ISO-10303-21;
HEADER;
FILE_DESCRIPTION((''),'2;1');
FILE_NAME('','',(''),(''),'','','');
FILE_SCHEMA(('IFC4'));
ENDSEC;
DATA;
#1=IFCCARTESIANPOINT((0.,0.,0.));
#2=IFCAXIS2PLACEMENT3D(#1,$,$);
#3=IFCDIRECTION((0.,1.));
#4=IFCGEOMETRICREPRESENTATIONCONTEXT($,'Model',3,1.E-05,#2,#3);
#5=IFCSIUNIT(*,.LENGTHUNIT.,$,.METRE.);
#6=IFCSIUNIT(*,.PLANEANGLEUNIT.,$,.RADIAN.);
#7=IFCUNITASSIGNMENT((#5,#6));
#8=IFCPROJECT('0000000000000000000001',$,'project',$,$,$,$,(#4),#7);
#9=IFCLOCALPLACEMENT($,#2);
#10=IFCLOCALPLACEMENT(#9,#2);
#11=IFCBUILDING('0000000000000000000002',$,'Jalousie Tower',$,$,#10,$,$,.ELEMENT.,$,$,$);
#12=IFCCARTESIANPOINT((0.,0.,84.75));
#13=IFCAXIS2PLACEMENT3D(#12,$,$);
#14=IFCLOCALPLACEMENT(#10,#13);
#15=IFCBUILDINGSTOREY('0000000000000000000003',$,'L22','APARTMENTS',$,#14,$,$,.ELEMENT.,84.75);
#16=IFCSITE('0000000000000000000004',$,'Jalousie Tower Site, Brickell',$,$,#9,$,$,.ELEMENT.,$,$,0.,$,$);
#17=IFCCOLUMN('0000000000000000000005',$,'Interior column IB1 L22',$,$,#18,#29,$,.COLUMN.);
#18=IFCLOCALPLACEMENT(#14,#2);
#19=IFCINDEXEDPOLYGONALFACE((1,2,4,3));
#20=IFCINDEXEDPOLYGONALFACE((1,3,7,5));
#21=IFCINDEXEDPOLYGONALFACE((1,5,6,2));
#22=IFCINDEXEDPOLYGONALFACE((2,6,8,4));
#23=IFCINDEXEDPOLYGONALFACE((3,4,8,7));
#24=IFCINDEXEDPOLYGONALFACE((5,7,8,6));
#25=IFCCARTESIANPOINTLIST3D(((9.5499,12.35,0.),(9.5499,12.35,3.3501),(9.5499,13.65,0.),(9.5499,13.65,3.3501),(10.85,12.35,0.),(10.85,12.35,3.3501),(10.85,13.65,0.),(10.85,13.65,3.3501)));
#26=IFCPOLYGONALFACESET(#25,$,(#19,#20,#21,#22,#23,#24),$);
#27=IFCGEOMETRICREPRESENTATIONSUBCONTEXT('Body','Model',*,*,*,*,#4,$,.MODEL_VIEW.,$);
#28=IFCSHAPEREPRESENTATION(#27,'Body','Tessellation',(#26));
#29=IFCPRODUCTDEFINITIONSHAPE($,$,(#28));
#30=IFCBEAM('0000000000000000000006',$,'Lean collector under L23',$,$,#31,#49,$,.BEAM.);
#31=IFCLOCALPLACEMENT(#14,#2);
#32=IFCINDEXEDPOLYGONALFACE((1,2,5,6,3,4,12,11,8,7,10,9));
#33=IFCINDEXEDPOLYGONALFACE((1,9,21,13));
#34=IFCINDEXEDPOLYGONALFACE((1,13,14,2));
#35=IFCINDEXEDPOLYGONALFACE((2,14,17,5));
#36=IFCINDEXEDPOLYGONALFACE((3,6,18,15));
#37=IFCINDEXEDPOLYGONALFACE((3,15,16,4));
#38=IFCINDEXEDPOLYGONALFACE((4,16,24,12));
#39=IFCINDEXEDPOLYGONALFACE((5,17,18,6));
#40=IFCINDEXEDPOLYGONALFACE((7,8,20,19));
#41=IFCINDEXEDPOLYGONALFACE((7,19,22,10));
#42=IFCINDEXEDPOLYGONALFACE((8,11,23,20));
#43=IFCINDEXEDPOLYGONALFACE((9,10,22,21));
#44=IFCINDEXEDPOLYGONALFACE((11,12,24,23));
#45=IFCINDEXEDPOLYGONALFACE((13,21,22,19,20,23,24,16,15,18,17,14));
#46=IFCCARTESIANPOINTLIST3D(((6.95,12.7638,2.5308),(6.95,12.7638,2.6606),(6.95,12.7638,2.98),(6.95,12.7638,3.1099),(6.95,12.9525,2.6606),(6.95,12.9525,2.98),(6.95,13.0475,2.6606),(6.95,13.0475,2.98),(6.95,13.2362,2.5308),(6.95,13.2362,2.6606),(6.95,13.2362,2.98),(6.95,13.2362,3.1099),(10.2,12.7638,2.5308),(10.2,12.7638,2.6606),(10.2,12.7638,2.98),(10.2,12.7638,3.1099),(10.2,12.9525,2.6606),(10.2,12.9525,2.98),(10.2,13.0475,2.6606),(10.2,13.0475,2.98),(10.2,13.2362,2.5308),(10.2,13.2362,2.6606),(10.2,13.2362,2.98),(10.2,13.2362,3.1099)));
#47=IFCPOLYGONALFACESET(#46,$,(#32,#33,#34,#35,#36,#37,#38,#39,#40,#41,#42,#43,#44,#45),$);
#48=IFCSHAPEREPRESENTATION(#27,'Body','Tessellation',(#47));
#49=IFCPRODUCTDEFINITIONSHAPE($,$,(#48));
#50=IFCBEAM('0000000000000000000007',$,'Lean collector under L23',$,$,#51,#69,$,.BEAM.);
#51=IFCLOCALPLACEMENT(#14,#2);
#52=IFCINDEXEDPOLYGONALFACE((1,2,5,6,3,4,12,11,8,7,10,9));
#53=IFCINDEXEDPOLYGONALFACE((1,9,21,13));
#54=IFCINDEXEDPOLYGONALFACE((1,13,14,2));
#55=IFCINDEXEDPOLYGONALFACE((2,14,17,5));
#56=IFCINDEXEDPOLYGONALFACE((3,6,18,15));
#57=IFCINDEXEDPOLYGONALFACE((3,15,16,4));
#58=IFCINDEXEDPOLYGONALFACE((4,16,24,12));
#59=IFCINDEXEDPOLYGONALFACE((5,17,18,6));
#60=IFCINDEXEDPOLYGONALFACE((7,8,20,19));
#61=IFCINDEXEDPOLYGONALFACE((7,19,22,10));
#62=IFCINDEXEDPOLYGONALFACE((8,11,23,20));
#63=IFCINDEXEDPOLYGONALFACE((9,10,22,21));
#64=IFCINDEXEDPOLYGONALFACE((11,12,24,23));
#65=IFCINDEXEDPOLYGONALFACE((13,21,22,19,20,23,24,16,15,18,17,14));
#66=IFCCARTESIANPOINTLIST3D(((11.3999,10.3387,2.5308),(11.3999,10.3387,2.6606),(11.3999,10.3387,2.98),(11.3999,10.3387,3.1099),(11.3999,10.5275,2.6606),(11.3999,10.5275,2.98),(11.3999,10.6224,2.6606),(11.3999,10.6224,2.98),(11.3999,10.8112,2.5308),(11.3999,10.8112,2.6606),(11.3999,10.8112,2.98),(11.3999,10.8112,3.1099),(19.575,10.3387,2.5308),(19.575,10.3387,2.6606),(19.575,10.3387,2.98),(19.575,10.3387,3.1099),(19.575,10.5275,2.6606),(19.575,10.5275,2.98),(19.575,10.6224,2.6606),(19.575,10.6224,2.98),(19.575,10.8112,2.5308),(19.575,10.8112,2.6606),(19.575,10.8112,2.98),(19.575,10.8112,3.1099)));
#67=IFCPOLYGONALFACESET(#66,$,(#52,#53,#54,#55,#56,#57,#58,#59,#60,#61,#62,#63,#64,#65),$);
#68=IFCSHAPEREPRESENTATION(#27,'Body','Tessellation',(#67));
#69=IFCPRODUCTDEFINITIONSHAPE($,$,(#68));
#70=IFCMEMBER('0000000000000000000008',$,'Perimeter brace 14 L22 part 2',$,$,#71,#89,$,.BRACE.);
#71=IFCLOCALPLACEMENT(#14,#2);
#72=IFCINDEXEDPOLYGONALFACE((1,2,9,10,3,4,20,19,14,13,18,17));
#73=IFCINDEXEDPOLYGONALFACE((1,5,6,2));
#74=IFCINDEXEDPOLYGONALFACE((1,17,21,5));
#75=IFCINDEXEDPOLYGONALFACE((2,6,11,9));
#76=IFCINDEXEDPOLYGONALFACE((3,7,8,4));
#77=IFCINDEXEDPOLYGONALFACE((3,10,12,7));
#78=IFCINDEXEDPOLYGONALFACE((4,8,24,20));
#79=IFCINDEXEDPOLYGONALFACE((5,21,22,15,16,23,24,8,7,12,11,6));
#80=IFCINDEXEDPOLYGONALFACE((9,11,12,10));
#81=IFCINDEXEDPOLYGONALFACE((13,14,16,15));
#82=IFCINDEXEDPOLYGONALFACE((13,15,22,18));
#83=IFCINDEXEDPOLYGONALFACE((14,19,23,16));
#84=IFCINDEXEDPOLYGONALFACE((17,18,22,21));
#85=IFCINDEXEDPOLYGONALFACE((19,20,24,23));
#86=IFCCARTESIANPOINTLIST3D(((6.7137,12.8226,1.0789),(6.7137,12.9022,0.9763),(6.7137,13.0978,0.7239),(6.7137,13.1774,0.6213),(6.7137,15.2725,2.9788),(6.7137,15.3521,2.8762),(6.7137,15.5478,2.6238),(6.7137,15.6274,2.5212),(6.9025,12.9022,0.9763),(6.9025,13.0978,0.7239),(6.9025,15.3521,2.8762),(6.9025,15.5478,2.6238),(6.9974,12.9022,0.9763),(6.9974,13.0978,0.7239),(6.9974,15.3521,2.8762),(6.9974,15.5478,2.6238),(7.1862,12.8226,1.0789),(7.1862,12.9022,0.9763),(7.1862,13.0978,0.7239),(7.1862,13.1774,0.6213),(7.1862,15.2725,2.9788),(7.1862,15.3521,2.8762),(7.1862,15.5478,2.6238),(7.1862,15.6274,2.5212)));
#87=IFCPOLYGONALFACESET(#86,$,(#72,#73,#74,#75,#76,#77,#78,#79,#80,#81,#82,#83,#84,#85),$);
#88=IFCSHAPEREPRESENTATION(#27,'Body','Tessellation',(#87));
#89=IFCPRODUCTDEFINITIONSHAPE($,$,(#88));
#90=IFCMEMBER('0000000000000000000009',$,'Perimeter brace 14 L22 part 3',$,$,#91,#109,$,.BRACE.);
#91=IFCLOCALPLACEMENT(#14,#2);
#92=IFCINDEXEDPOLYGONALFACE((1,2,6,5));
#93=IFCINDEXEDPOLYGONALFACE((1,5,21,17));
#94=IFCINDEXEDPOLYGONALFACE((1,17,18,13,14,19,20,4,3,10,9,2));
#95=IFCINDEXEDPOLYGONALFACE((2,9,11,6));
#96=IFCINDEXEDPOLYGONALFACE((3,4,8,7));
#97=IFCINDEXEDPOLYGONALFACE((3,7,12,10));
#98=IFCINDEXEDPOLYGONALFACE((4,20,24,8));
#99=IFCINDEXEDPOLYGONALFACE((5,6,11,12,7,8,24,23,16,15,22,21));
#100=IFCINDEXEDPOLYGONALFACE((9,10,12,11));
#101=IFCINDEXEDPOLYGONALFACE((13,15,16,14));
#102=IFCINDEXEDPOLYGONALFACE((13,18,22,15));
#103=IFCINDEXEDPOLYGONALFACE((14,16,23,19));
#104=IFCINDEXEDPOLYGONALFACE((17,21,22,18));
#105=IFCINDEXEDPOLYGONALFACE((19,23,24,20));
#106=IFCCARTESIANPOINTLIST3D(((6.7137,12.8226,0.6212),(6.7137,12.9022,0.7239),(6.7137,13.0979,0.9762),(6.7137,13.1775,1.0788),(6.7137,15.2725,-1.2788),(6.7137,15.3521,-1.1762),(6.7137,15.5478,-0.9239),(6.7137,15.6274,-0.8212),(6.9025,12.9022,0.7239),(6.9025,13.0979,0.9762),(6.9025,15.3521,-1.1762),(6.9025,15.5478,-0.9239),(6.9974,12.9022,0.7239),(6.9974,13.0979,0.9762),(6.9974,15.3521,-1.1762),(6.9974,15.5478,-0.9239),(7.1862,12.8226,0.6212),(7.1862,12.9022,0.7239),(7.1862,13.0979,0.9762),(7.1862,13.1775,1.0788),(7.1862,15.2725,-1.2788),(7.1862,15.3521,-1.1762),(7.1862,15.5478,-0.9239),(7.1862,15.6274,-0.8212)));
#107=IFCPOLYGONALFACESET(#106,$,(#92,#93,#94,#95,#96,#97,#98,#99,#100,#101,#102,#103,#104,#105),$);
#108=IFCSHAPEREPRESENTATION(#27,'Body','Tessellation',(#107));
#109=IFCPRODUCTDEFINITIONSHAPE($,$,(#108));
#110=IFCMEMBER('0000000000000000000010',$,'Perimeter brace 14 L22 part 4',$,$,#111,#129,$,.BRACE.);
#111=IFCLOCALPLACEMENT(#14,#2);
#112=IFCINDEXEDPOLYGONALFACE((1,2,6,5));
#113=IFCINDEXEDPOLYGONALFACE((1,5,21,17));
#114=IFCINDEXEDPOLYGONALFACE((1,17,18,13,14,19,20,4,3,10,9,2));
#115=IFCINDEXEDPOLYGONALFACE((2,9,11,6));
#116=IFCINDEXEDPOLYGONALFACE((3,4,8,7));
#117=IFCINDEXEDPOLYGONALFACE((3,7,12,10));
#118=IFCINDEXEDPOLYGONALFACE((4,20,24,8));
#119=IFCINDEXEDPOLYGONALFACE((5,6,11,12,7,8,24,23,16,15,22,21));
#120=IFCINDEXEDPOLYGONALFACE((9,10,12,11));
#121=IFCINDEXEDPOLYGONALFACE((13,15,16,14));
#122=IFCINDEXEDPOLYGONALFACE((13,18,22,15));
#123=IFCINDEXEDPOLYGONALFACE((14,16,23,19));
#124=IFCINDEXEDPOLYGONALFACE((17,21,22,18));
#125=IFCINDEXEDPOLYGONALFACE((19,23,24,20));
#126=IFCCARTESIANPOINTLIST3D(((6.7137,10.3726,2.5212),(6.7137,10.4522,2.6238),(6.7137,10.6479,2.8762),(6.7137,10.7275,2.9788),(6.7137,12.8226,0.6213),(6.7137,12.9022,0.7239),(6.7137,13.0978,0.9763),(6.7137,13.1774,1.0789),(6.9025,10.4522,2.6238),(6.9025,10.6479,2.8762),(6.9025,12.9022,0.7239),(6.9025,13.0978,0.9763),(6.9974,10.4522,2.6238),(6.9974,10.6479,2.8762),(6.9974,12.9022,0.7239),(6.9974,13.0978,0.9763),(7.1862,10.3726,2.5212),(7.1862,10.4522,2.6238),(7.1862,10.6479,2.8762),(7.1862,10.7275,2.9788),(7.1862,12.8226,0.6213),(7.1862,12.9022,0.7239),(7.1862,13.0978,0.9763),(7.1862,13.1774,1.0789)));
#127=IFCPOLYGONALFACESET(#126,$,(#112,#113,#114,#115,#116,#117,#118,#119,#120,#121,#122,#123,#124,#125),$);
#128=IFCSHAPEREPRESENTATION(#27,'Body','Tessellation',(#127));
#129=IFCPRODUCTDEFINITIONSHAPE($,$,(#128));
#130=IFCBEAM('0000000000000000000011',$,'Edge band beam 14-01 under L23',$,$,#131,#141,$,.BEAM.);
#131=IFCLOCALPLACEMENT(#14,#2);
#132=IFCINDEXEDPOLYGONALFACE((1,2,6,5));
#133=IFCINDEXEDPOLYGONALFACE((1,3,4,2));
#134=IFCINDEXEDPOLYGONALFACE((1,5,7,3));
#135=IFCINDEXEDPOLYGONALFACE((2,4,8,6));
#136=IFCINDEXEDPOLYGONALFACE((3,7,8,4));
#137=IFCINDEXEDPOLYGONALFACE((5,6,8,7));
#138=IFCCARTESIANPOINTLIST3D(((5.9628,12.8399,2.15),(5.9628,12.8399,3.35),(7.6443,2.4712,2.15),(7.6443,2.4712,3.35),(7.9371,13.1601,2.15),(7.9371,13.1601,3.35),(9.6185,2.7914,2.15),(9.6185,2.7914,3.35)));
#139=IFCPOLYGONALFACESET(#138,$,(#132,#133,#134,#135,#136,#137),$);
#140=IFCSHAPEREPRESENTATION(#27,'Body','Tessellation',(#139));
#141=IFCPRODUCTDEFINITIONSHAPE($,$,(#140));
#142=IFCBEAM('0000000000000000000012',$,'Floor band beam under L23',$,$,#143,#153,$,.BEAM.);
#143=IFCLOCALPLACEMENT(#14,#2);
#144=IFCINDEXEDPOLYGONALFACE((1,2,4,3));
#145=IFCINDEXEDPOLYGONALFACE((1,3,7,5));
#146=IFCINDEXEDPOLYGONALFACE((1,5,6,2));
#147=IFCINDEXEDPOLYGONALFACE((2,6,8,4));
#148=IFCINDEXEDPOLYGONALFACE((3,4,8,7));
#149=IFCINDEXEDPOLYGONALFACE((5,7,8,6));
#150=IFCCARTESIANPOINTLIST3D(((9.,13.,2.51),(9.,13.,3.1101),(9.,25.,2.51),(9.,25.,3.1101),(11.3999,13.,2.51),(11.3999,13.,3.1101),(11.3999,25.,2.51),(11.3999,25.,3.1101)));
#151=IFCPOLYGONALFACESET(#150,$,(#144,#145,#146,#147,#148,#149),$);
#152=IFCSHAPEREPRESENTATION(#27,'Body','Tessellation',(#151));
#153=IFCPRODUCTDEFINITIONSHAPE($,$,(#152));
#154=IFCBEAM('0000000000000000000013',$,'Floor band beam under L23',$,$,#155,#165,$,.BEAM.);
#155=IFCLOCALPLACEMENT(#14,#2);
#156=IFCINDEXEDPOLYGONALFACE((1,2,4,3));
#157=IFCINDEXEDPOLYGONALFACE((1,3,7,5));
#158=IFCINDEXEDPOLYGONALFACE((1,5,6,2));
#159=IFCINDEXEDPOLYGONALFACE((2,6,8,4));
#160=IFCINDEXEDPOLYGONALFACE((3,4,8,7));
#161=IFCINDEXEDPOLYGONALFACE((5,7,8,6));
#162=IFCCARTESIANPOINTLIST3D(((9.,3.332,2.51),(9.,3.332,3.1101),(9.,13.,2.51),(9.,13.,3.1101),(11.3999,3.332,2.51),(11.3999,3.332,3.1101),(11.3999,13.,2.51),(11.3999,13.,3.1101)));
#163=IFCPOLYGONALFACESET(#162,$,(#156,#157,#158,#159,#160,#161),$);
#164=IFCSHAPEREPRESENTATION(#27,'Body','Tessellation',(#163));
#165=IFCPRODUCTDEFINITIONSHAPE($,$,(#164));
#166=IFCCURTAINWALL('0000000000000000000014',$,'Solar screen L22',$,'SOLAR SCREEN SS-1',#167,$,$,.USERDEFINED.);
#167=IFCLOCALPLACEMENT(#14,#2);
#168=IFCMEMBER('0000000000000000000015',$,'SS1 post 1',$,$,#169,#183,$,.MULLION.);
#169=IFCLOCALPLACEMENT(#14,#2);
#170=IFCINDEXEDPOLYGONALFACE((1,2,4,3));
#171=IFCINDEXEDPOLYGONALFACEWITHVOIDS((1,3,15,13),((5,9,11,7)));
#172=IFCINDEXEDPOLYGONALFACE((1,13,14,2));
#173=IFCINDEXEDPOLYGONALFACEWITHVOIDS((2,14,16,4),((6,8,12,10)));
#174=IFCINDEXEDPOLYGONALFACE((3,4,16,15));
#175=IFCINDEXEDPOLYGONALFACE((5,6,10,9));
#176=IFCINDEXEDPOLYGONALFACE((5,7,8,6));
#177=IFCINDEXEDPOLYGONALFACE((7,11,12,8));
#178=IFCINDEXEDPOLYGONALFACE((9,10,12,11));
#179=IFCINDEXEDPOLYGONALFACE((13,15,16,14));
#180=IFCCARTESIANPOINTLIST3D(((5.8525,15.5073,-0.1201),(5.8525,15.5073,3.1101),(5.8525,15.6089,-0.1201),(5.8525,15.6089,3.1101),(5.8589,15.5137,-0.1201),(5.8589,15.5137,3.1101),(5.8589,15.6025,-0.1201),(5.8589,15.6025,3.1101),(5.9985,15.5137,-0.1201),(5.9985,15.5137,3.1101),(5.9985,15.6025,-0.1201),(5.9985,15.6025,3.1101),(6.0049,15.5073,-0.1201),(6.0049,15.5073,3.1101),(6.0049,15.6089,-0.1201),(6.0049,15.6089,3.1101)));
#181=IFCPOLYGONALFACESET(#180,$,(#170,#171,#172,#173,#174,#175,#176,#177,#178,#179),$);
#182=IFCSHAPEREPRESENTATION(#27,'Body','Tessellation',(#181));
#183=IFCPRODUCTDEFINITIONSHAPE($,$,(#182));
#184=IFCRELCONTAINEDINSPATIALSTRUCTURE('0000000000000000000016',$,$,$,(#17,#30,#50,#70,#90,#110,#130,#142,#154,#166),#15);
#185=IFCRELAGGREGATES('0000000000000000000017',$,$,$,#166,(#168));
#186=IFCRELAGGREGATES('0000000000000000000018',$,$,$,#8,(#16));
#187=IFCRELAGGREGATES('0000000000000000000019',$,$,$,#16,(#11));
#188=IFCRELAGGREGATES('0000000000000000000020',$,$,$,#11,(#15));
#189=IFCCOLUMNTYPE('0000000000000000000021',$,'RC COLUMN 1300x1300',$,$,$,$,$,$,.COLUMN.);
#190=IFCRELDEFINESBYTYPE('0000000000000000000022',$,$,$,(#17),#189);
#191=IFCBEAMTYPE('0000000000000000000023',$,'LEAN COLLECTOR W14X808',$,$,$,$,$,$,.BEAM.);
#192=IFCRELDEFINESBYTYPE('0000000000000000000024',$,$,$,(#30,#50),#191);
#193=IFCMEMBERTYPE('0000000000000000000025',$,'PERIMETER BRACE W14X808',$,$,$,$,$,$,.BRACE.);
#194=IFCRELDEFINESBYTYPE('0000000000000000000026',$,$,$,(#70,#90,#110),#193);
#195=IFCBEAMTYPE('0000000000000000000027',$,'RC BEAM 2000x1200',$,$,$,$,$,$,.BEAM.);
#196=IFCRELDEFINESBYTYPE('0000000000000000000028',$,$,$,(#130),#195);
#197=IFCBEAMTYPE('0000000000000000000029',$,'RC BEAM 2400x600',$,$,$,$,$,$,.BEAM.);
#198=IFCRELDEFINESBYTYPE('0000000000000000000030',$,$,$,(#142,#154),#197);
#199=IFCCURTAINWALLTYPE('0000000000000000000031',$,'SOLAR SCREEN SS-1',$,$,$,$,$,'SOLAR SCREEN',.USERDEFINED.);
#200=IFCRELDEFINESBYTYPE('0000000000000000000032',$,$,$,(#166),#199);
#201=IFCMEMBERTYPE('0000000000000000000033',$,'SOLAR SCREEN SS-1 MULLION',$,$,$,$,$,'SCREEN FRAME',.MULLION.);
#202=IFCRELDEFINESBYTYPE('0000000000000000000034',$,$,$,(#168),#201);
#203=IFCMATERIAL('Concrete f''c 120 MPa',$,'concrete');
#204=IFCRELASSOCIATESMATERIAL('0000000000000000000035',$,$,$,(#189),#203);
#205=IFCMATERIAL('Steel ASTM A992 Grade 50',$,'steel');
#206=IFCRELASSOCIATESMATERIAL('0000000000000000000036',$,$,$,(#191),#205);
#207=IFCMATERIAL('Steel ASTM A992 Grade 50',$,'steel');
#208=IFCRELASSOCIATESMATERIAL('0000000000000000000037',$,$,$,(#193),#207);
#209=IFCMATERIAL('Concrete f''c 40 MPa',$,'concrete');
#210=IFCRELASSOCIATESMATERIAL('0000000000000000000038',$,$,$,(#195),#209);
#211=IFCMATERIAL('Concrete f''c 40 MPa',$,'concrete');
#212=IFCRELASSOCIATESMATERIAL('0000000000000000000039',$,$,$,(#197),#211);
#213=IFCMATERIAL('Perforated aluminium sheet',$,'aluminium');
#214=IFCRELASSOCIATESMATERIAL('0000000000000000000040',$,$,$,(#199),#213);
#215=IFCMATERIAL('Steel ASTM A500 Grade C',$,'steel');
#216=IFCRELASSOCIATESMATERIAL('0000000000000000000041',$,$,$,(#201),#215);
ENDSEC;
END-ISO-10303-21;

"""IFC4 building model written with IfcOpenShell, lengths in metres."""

from ifc_helpers import new_model, si_unit, direction, frame, origin, origin_2d, place, context, subcontext, project, spatial, rectangle, hollow_rectangle, i_section, extrude, material, material_profile, profile_set, type_object, element, aggregate, save


model = new_model("IFC4")

# Units and contexts
model_context = context("Model", 3, precision=1e-05, world=origin(), true_north=direction((0.0, 1.0)))
body_context = subcontext(model_context, "Body", "Model", "MODEL_VIEW")
ifc_project = project(units=[si_unit("LENGTHUNIT", "METRE"), si_unit("PLANEANGLEUNIT", "RADIAN")], contexts=[model_context])

# Site, building, storey
site_placement = place(None, origin())
site = spatial("IfcSite", under=ifc_project, at=site_placement, Name="Jalousie Tower Site, Brickell", CompositionType="ELEMENT", RefElevation=0.0)
building_placement = place(site_placement, origin())
building = spatial("IfcBuilding", under=site, at=building_placement, Name="Jalousie Tower", CompositionType="ELEMENT")
storey_placement = place(building_placement, frame((0.0, 0.0, 84.75)))
storey = spatial("IfcBuildingStorey", under=building, at=storey_placement, Name="L22", Description="APARTMENTS", CompositionType="ELEMENT", Elevation=84.75)

# Column
ifc_material_1 = material(Name="Concrete f'c 120 MPa", Category="concrete")
ifc_material_profile_1 = material_profile(ifc_material_1, rectangle(XDim=1.3, YDim=1.3, at=origin_2d()), Name="RC 1300x1300")
ifc_profile_set_1 = profile_set([ifc_material_profile_1], Name="Concrete f'c 120 MPa")
column_type = type_object("IfcColumnType", Name="RC COLUMN 1300x1300", PredefinedType="COLUMN", material=ifc_profile_set_1)
column_placement = place(storey_placement, frame((10.2, 13.0, 0.0), z_axis=(0.0, 0.0, 1.0), x_axis=(1.0, 0.0, 0.0)))
element("IfcColumn", 1, at=column_placement, inside=storey, type_object=column_type, Name="Interior column IB1 L22", PredefinedType="COLUMN", context=body_context, shape_type="SweptSolid", body=[
    extrude(rectangle(XDim=1.3, YDim=1.3, at=origin_2d()), origin(), (0.0, 0.0, 1.0), 3.3501),
])

# Beams
ifc_material_2 = material(Name="Steel ASTM A992 Grade 50", Category="steel")
ifc_material_profile_2 = material_profile(ifc_material_2, i_section(OverallWidth=0.4724, OverallDepth=0.5791, WebThickness=0.095, FlangeThickness=0.1299, at=origin_2d()), Name="W14X808")
ifc_profile_set_2 = profile_set([ifc_material_profile_2], Name="Steel ASTM A992 Grade 50")
beam_type_1 = type_object("IfcBeamType", Name="LEAN COLLECTOR W14X808", PredefinedType="BEAM", material=ifc_profile_set_2)
beam_1_placement = place(storey_placement, frame((6.95, 13.0, 2.8203), z_axis=(1.0, 0.0, 0.0), x_axis=(0.0, 1.0, 0.0)))
element("IfcBeam", 2, at=beam_1_placement, inside=storey, type_object=beam_type_1, Name="Lean collector under L23", PredefinedType="BEAM", context=body_context, shape_type="SweptSolid", body=[
    extrude(i_section(OverallWidth=0.4724, OverallDepth=0.5791, WebThickness=0.095, FlangeThickness=0.1299, at=origin_2d()), origin(), (0.0, 0.0, 1.0), 3.25),
])
beam_2_placement = place(storey_placement, frame((11.3999, 10.575, 2.8203), z_axis=(1.0, 0.0, 0.0), x_axis=(0.0, 1.0, 0.0)))
element("IfcBeam", 3, at=beam_2_placement, inside=storey, type_object=beam_type_1, Name="Lean collector under L23", PredefinedType="BEAM", context=body_context, shape_type="SweptSolid", body=[
    extrude(i_section(OverallWidth=0.4724, OverallDepth=0.5791, WebThickness=0.095, FlangeThickness=0.1299, at=origin_2d()), origin(), (0.0, 0.0, 1.0), 8.175),
])

# Members
ifc_material_3 = material(Name="Steel ASTM A992 Grade 50", Category="steel")
ifc_material_profile_3 = material_profile(ifc_material_3, i_section(OverallWidth=0.4724, OverallDepth=0.5791, WebThickness=0.095, FlangeThickness=0.1299, at=origin_2d()), Name="W14X808")
ifc_profile_set_3 = profile_set([ifc_material_profile_3], Name="Steel ASTM A992 Grade 50")
member_type_1 = type_object("IfcMemberType", Name="PERIMETER BRACE W14X808", PredefinedType="BRACE", material=ifc_profile_set_3)
for number, where, z_axis, x_axis, name in (
    (4, (6.95, 13.0, 0.8501), (0.0, 0.790229, 0.612811), (-1.0, 0.0, 0.0), "Perimeter brace 14 L22 part 2"),
    (5, (6.95, 15.45, -1.05), (0.0, -0.790191, 0.612861), (1.0, 0.0, 0.0), "Perimeter brace 14 L22 part 3"),
    (6, (6.95, 13.0, 0.8501), (0.0, -0.790229, 0.612811), (1.0, 0.0, 0.0), "Perimeter brace 14 L22 part 4"),
):
    element("IfcMember", number, at=place(storey_placement, frame(where, z_axis=z_axis, x_axis=x_axis)), inside=storey, type_object=member_type_1, Name=name, PredefinedType="BRACE", context=body_context, shape_type="SweptSolid", body=[
        extrude(i_section(OverallWidth=0.4724, OverallDepth=0.5791, WebThickness=0.095, FlangeThickness=0.1299, at=origin_2d()), origin(), (0.0, 0.0, 1.0), 3.1003),
    ])

# Beams
ifc_material_4 = material(Name="Concrete f'c 40 MPa", Category="concrete")
ifc_material_profile_4 = material_profile(ifc_material_4, rectangle(XDim=2.0, YDim=1.2, at=origin_2d()), Name="RC 2000x1200")
ifc_profile_set_4 = profile_set([ifc_material_profile_4], Name="Concrete f'c 40 MPa")
beam_type_2 = type_object("IfcBeamType", Name="RC BEAM 2000x1200", PredefinedType="BEAM", material=ifc_profile_set_4)
beam_3_placement = place(storey_placement, frame((6.95, 13.0, 2.75), z_axis=(0.160071, -0.987106, 0.0), x_axis=(0.987106, 0.160071, 0.0)))
element("IfcBeam", 7, at=beam_3_placement, inside=storey, type_object=beam_type_2, Name="Edge band beam 14-01 under L23", PredefinedType="BEAM", context=body_context, shape_type="SweptSolid", body=[
    extrude(rectangle(XDim=2.0, YDim=1.2, at=origin_2d()), origin(), (0.0, 0.0, 1.0), 10.5042),
])
ifc_material_5 = material(Name="Concrete f'c 40 MPa", Category="concrete")
ifc_material_profile_5 = material_profile(ifc_material_5, rectangle(XDim=2.3999, YDim=0.6001, at=origin_2d()), Name="RC 2400x600")
ifc_profile_set_5 = profile_set([ifc_material_profile_5], Name="Concrete f'c 40 MPa")
beam_type_3 = type_object("IfcBeamType", Name="RC BEAM 2400x600", PredefinedType="BEAM", material=ifc_profile_set_5)
beam_4_placement = place(storey_placement, frame((10.2, 13.0, 2.8101), z_axis=(0.0, 1.0, 0.0), x_axis=(-1.0, 0.0, 0.0)))
element("IfcBeam", 8, at=beam_4_placement, inside=storey, type_object=beam_type_3, Name="Floor band beam under L23", PredefinedType="BEAM", context=body_context, shape_type="SweptSolid", body=[
    extrude(rectangle(XDim=2.3999, YDim=0.6001, at=origin_2d()), origin(), (0.0, 0.0, 1.0), 12.0),
])
beam_5_placement = place(storey_placement, frame((10.2, 13.0, 2.8101), z_axis=(0.0, -1.0, 0.0), x_axis=(1.0, 0.0, 0.0)))
element("IfcBeam", 9, at=beam_5_placement, inside=storey, type_object=beam_type_3, Name="Floor band beam under L23", PredefinedType="BEAM", context=body_context, shape_type="SweptSolid", body=[
    extrude(rectangle(XDim=2.3999, YDim=0.6001, at=origin_2d()), origin(), (0.0, 0.0, 1.0), 9.668),
])

# Curtain wall, member
ifc_material_6 = material(Name="Perforated aluminium sheet", Category="aluminium")
curtain_wall_type = type_object("IfcCurtainWallType", Name="SOLAR SCREEN SS-1", ElementType="SOLAR SCREEN", PredefinedType="USERDEFINED", material=ifc_material_6)
curtain_wall_placement = place(storey_placement, origin())
curtain_wall = element("IfcCurtainWall", 10, at=curtain_wall_placement, inside=storey, type_object=curtain_wall_type, Name="Solar screen L22", ObjectType="SOLAR SCREEN SS-1", PredefinedType="USERDEFINED")
ifc_material_7 = material(Name="Steel ASTM A500 Grade C", Category="steel")
ifc_material_profile_6 = material_profile(ifc_material_7, hollow_rectangle(XDim=0.1016, YDim=0.1523, WallThickness=0.0063, at=origin_2d()), Name="HSS6X4X1/4")
ifc_profile_set_6 = profile_set([ifc_material_profile_6], Name="Steel ASTM A500 Grade C")
member_type_2 = type_object("IfcMemberType", Name="SOLAR SCREEN SS-1 MULLION", ElementType="SCREEN FRAME", PredefinedType="MULLION", material=ifc_profile_set_6)
member_1_placement = place(storey_placement, frame((5.9287, 15.5581, -0.1201), z_axis=(0.0, 0.0, 1.0), x_axis=(0.0, -1.0, 0.0)))
member_1 = element("IfcMember", 11, at=member_1_placement, type_object=member_type_2, Name="SS1 post 1", PredefinedType="MULLION", context=body_context, shape_type="SweptSolid", body=[
    extrude(hollow_rectangle(XDim=0.1016, YDim=0.1523, WallThickness=0.0063, at=origin_2d()), origin(), (0.0, 0.0, 1.0), 3.2302),
])
aggregate(curtain_wall, [member_1])

save(model, "model.ifc")
